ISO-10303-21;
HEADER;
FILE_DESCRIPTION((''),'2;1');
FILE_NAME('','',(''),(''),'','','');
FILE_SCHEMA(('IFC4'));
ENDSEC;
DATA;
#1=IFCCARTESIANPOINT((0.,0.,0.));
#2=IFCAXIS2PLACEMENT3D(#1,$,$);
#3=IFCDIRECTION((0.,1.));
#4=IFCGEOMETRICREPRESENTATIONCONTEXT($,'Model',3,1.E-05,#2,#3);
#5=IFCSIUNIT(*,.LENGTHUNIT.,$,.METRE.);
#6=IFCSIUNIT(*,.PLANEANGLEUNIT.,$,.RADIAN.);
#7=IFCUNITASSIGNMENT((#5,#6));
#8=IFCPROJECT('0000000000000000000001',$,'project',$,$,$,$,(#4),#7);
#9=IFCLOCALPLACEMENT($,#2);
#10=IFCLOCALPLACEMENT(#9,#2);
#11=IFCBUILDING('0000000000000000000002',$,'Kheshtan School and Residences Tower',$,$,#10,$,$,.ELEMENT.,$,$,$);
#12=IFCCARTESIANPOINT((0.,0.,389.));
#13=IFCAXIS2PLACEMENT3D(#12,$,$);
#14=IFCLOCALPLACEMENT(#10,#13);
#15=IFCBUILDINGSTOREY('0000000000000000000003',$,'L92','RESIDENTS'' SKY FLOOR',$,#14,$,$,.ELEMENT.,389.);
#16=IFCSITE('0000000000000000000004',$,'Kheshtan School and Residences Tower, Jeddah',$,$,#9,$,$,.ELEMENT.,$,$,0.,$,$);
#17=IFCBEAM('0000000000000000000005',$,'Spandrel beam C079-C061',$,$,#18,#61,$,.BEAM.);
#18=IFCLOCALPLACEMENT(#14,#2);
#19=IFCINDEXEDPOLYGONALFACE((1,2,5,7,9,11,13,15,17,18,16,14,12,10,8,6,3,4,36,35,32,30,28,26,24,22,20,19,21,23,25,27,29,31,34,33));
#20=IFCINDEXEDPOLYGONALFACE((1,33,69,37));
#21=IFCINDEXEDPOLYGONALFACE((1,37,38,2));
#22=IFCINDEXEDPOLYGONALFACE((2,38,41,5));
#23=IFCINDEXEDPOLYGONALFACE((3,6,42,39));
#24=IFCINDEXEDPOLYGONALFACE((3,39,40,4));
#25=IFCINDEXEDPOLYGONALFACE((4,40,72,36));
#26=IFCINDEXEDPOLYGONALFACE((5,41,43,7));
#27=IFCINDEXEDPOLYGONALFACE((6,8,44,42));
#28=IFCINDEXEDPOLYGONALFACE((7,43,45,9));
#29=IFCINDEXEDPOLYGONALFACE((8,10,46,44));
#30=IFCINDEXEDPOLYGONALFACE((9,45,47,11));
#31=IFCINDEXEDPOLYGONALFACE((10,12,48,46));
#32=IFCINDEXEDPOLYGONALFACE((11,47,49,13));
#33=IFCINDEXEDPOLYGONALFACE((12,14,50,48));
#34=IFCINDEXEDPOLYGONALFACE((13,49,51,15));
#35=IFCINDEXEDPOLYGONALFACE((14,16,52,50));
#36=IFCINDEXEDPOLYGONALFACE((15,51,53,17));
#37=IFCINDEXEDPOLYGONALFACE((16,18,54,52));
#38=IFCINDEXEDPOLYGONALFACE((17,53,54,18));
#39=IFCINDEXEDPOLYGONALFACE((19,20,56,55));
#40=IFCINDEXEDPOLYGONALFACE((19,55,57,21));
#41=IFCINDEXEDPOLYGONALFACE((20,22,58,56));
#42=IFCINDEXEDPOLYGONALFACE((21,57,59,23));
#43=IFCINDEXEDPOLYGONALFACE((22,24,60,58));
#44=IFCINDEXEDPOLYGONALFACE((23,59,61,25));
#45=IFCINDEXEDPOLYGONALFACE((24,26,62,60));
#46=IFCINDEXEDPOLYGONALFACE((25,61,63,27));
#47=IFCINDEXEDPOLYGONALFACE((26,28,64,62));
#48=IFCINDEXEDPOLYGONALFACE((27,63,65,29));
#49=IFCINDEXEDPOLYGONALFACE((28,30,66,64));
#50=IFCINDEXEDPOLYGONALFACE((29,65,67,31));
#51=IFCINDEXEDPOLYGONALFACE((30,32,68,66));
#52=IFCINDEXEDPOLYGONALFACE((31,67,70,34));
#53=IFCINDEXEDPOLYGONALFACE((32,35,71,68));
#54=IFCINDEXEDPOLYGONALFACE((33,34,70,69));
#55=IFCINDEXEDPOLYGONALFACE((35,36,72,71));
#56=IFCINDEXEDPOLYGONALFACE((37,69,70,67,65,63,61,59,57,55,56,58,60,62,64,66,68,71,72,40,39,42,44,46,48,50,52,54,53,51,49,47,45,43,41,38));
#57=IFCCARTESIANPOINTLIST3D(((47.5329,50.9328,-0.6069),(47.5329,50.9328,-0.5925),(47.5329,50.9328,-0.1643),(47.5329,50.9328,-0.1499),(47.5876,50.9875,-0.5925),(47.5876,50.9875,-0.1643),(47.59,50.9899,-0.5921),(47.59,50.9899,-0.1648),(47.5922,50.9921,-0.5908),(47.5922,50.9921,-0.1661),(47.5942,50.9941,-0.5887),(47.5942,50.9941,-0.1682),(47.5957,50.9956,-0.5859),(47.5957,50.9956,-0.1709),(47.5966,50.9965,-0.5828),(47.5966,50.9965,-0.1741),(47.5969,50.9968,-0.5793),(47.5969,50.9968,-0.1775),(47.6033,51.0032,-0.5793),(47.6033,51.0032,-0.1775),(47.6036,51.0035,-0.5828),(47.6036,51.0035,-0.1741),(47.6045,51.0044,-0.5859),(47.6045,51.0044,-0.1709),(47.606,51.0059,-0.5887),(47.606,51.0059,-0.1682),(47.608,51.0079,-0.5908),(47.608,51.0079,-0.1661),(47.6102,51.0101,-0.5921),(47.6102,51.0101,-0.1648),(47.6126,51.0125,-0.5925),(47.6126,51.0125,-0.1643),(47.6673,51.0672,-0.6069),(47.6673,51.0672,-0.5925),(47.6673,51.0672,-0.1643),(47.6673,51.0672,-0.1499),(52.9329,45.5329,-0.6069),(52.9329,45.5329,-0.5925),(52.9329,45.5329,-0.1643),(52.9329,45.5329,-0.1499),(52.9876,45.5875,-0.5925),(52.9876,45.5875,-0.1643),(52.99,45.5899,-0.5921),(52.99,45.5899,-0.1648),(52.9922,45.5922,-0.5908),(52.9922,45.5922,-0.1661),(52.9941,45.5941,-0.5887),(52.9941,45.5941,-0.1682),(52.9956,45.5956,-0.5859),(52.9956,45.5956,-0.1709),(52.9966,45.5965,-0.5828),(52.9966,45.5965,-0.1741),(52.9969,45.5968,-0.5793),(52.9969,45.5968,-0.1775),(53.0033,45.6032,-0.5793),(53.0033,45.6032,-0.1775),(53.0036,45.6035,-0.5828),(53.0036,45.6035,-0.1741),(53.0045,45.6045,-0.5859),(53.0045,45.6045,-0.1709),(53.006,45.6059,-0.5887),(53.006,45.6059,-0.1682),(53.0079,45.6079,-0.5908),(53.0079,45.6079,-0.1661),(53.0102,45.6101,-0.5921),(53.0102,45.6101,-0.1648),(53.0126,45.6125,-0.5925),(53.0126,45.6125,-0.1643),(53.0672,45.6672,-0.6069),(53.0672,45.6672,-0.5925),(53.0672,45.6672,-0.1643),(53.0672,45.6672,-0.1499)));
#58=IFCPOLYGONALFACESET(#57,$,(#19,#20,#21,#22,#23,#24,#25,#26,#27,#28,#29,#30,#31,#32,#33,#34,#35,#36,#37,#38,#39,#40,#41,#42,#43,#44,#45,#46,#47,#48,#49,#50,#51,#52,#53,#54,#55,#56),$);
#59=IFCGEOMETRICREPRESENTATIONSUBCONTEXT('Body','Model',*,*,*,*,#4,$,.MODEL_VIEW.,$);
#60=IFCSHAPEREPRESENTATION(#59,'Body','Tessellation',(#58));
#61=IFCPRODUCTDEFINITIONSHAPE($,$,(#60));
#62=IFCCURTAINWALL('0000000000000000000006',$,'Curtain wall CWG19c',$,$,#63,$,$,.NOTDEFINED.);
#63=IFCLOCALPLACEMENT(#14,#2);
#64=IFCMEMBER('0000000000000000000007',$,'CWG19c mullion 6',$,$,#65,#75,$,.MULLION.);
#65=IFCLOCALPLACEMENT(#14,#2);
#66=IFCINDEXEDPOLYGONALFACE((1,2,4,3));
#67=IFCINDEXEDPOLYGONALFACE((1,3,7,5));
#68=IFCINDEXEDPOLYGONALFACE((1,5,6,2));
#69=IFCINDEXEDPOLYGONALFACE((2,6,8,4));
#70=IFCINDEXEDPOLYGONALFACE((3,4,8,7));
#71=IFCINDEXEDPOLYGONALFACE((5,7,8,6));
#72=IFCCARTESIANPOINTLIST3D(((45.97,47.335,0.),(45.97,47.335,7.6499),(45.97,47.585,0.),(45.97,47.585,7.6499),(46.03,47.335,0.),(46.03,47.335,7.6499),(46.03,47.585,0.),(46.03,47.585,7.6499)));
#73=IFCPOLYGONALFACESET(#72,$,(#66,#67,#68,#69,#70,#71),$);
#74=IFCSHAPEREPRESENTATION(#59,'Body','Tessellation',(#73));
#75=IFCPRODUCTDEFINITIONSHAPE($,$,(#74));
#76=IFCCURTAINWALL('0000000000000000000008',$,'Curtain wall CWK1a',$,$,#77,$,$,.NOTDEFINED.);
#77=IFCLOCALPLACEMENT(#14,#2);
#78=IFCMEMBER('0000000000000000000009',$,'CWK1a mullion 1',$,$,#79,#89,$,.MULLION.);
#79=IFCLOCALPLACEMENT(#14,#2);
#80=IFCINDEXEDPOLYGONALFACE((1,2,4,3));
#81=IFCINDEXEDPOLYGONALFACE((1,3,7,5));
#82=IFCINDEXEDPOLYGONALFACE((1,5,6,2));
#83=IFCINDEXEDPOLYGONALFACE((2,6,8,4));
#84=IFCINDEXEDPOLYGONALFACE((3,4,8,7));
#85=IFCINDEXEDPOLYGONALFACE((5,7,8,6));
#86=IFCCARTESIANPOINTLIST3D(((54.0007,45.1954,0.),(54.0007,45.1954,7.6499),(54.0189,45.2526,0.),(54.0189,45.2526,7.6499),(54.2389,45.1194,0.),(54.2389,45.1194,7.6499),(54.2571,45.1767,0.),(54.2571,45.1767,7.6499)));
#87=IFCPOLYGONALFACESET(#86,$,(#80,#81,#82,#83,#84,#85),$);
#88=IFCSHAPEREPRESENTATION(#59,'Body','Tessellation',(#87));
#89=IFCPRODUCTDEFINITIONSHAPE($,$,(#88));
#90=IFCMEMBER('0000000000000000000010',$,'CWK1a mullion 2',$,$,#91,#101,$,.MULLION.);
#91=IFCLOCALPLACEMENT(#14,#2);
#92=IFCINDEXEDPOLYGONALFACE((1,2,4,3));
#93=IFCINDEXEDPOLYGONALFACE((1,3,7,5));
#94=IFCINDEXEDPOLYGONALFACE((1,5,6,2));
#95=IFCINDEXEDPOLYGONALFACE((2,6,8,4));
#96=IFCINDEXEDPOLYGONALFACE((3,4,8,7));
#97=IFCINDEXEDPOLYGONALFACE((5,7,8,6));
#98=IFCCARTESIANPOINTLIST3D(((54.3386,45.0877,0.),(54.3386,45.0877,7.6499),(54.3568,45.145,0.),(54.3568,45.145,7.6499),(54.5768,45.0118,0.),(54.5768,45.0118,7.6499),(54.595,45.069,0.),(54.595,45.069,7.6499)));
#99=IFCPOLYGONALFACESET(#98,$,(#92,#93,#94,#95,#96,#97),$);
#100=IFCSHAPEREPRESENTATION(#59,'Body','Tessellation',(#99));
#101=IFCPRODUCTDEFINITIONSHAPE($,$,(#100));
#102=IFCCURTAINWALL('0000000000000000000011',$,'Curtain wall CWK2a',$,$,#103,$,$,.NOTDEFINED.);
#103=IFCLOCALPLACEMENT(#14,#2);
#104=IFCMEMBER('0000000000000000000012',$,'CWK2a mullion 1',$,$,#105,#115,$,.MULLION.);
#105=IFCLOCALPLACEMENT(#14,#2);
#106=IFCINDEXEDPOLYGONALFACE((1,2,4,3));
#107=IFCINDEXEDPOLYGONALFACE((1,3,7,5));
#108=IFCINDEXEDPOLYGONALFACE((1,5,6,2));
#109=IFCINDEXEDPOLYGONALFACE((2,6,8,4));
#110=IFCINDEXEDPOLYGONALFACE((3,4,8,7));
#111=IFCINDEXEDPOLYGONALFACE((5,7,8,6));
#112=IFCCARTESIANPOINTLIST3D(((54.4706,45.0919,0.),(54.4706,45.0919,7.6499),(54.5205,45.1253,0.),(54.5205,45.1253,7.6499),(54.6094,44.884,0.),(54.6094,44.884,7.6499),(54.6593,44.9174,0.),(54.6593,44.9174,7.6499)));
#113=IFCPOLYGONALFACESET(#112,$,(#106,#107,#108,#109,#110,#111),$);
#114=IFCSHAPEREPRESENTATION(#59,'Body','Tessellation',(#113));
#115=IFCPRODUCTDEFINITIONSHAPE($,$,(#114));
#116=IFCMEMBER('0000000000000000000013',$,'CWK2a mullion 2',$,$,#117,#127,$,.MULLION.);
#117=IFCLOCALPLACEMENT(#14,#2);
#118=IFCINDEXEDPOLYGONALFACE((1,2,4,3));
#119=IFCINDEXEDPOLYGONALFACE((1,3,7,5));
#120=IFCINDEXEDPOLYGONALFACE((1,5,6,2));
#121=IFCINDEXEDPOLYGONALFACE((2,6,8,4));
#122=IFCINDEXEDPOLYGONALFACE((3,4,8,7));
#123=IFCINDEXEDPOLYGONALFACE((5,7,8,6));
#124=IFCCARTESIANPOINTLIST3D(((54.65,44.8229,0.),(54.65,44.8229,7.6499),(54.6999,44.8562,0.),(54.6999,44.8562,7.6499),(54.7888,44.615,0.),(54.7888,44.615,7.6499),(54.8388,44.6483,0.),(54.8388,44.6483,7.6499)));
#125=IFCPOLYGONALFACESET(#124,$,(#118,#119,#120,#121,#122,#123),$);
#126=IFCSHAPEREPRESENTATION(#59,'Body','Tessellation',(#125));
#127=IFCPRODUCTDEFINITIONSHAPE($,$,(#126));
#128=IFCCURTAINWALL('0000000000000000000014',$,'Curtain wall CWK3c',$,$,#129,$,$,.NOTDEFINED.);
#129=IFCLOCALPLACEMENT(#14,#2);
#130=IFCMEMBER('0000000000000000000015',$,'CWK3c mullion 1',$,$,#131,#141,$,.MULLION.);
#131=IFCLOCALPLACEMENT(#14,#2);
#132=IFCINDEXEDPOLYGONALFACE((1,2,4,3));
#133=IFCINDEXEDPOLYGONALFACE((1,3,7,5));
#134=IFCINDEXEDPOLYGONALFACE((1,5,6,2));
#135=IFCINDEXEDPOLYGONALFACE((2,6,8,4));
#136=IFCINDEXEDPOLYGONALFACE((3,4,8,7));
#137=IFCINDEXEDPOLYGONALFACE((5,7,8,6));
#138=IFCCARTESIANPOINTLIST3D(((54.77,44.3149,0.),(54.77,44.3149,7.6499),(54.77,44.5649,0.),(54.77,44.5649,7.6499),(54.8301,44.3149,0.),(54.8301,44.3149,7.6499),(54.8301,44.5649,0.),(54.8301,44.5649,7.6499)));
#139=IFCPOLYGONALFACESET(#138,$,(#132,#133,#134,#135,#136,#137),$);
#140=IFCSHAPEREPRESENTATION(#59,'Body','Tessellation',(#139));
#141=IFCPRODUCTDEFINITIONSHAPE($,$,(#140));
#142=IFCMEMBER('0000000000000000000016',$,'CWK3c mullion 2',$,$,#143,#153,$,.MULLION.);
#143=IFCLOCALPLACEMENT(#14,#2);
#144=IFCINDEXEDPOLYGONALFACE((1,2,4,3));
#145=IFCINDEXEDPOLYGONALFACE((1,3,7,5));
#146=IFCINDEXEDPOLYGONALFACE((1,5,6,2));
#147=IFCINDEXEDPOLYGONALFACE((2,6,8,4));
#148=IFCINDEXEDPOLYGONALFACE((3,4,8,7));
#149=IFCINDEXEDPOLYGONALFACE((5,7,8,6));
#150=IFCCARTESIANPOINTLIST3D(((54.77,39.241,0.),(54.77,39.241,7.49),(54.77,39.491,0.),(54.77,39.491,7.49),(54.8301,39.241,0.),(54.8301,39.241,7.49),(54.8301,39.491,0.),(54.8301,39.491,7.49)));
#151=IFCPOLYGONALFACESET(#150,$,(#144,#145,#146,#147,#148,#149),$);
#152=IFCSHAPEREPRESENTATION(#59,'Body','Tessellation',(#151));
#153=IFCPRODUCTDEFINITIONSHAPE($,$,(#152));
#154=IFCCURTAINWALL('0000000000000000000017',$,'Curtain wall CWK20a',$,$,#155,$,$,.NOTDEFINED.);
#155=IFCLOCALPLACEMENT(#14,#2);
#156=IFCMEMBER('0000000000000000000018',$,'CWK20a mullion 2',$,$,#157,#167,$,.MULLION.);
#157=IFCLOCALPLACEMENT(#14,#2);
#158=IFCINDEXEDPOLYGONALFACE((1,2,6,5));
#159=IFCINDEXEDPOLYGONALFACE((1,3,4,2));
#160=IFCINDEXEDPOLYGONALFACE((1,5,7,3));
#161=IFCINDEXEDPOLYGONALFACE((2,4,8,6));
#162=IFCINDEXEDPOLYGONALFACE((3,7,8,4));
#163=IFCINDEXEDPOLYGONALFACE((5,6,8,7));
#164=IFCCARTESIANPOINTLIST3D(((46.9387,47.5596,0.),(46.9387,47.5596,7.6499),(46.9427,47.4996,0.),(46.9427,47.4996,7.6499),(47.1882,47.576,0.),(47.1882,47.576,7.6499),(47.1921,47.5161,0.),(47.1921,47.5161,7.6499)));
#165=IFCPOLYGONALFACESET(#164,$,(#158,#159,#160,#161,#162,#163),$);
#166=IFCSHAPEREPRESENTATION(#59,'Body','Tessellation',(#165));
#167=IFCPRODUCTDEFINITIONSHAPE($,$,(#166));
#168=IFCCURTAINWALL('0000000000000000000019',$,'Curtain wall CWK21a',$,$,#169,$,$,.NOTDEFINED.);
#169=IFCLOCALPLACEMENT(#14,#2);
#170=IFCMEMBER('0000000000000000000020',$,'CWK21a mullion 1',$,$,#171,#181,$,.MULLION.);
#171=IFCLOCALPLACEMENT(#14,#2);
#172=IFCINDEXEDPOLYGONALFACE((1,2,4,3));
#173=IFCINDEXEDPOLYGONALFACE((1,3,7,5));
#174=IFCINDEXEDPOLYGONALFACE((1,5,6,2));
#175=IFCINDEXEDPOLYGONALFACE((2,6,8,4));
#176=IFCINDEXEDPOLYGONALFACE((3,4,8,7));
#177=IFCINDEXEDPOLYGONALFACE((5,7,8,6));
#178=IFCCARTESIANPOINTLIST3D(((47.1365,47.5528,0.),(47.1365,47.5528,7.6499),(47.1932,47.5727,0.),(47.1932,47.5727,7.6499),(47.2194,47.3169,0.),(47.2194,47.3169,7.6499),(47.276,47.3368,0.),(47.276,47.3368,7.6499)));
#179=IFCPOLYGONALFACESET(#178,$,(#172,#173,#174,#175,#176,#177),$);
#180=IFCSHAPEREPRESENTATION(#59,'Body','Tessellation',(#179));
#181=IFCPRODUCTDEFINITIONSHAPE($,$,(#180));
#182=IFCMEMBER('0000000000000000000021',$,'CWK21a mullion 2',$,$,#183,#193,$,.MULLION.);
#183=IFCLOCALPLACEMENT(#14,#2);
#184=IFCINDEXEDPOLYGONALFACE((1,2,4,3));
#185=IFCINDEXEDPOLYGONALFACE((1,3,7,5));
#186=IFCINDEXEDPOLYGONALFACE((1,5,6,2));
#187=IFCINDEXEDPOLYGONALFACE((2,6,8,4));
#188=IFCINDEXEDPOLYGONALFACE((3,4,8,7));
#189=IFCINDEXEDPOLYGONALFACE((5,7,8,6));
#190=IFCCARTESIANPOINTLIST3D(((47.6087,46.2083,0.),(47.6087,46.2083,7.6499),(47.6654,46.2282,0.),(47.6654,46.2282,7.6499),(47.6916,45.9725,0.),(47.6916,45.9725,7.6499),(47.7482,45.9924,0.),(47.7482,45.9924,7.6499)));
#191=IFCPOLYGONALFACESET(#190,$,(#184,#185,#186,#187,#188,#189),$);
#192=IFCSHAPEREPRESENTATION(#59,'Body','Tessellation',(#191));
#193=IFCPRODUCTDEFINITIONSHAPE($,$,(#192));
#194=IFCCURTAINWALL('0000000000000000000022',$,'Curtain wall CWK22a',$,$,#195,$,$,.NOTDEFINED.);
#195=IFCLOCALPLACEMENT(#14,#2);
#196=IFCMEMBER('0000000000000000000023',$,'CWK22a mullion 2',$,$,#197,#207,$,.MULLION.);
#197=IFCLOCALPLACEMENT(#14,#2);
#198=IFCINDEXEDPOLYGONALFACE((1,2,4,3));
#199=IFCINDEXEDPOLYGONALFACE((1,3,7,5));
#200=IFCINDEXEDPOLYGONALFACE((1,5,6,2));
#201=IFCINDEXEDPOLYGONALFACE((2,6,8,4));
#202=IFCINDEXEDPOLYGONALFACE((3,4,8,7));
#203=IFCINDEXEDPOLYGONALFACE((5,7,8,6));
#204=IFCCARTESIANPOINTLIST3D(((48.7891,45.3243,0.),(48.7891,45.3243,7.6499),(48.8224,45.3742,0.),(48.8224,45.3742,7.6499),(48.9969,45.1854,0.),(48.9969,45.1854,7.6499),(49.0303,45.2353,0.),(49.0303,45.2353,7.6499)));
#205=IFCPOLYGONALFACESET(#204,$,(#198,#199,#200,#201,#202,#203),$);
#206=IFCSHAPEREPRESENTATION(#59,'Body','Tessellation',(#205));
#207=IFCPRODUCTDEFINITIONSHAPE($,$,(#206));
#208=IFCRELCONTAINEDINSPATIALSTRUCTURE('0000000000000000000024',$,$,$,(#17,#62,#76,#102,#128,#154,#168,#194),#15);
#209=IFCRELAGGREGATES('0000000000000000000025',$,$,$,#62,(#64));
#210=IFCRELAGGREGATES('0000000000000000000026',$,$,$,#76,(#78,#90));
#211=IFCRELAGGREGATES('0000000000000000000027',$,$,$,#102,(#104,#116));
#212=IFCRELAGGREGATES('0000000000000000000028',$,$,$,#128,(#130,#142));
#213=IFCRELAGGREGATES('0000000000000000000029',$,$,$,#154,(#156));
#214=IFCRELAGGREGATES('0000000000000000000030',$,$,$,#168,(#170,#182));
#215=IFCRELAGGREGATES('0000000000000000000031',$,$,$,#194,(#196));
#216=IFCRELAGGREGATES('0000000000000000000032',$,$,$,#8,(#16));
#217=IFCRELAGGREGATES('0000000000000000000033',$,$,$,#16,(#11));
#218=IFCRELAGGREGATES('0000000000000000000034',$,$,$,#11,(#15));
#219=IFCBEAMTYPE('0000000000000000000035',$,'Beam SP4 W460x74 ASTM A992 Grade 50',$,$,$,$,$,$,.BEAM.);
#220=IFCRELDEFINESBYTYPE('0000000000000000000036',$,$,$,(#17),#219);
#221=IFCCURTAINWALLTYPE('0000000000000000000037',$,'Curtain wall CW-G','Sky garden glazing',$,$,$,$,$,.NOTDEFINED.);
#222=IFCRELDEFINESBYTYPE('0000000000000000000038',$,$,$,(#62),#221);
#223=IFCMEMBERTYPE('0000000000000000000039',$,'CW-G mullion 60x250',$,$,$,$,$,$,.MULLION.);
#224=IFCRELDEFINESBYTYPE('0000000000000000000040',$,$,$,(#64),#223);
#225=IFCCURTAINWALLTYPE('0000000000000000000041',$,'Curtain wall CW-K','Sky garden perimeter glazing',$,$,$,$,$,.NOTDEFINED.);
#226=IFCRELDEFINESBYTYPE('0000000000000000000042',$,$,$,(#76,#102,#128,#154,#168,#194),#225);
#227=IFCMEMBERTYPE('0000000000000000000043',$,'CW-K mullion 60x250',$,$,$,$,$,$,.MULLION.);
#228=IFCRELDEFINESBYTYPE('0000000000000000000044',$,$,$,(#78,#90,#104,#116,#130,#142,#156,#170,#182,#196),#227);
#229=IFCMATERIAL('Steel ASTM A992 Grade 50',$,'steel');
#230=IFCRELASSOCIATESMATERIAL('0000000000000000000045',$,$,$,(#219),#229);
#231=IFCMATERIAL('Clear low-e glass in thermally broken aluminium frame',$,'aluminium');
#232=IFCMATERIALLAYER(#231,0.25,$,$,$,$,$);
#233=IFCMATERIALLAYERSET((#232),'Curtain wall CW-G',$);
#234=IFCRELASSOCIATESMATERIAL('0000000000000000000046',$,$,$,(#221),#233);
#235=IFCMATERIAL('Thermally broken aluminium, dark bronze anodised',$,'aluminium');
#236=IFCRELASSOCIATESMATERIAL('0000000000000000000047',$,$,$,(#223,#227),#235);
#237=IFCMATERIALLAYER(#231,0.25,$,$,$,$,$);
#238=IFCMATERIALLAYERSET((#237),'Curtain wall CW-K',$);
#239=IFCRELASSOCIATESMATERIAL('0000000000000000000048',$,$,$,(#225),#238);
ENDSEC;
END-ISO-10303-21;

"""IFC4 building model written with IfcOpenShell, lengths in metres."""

from ifc_helpers import new_model, si_unit, direction, frame, origin, origin_2d, place, context, subcontext, project, spatial, rectangle, i_section, extrude, material, layer, layer_set, material_profile, profile_set, type_object, element, aggregate, save


model = new_model("IFC4")

# Units and contexts
model_context = context("Model", 3, precision=1e-05, world=origin(), true_north=direction((0.0, 1.0)))
body_context = subcontext(model_context, "Body", "Model", "MODEL_VIEW")
ifc_project = project(units=[si_unit("LENGTHUNIT", "METRE"), si_unit("PLANEANGLEUNIT", "RADIAN")], contexts=[model_context])

# Site, building, storey
site_placement = place(None, origin())
site = spatial("IfcSite", under=ifc_project, at=site_placement, Name="Kheshtan School and Residences Tower, Jeddah", CompositionType="ELEMENT", RefElevation=0.0)
building_placement = place(site_placement, origin())
building = spatial("IfcBuilding", under=site, at=building_placement, Name="Kheshtan School and Residences Tower", CompositionType="ELEMENT")
storey_placement = place(building_placement, frame((0.0, 0.0, 389.0)))
storey = spatial("IfcBuildingStorey", under=building, at=storey_placement, Name="L92", Description="RESIDENTS' SKY FLOOR", CompositionType="ELEMENT", Elevation=389.0)

# Shared definitions
ifc_material_1 = material(Name="Steel ASTM A992 Grade 50", Category="steel")

# Beam
ifc_material_profile_1 = material_profile(ifc_material_1, i_section(OverallWidth=0.1899, OverallDepth=0.457, WebThickness=0.009, FlangeThickness=0.0144, FilletRadius=0.0132, at=origin_2d()), Name="W460x74")
ifc_profile_set_1 = profile_set([ifc_material_profile_1], Name="Steel ASTM A992 Grade 50")
beam_type_1 = type_object("IfcBeamType", Name="Beam SP4 W460x74 ASTM A992 Grade 50", PredefinedType="BEAM", material=ifc_profile_set_1)
beam_1_placement = place(storey_placement, frame((47.6001, 51.0, -0.3784), z_axis=(0.707107, -0.707107, 0.0), x_axis=(0.707107, 0.707107, 0.0)))
element("IfcBeam", 1, at=beam_1_placement, inside=storey, type_object=beam_type_1, Name="Spandrel beam C079-C061", PredefinedType="BEAM", context=body_context, shape_type="SweptSolid", body=[
    extrude(i_section(OverallWidth=0.1899, OverallDepth=0.457, WebThickness=0.009, FlangeThickness=0.0144, FilletRadius=0.0132, at=origin_2d()), origin(), (0.0, 0.0, 1.0), 7.6367),
])

# Curtain wall, member
ifc_material_2 = material(Name="Clear low-e glass in thermally broken aluminium frame", Category="aluminium")
ifc_layer_1 = layer(ifc_material_2, 0.25)
ifc_layer_set_1 = layer_set([ifc_layer_1], Name="Curtain wall CW-G")
curtain_wall_type_1 = type_object("IfcCurtainWallType", Name="Curtain wall CW-G", Description="Sky garden glazing", PredefinedType="NOTDEFINED", material=ifc_layer_set_1)
curtain_wall_1_placement = place(storey_placement, origin())
curtain_wall_1 = element("IfcCurtainWall", 2, at=curtain_wall_1_placement, inside=storey, type_object=curtain_wall_type_1, Name="Curtain wall CWG19c", PredefinedType="NOTDEFINED")
ifc_material_3 = material(Name="Thermally broken aluminium, dark bronze anodised", Category="aluminium")
ifc_material_profile_2 = material_profile(ifc_material_3, rectangle(XDim=0.0601, YDim=0.25, at=origin_2d()), Name="CW-G mullion 60x250")
ifc_profile_set_2 = profile_set([ifc_material_profile_2], Name="Thermally broken aluminium, dark bronze anodised")
member_type_1 = type_object("IfcMemberType", Name="CW-G mullion 60x250", PredefinedType="MULLION", material=ifc_profile_set_2)
member_1_placement = place(storey_placement, frame((46.0, 47.46, 0.0), z_axis=(0.0, 0.0, 1.0), x_axis=(1.0, 0.0, 0.0)))
member_1 = element("IfcMember", 3, at=member_1_placement, type_object=member_type_1, Name="CWG19c mullion 6", PredefinedType="MULLION", context=body_context, shape_type="SweptSolid", body=[
    extrude(rectangle(XDim=0.0601, YDim=0.25, at=origin_2d()), origin(), (0.0, 0.0, 1.0), 7.6499),
])

# Curtain walls, members
ifc_layer_2 = layer(ifc_material_2, 0.25)
ifc_layer_set_2 = layer_set([ifc_layer_2], Name="Curtain wall CW-K")
curtain_wall_type_2 = type_object("IfcCurtainWallType", Name="Curtain wall CW-K", Description="Sky garden perimeter glazing", PredefinedType="NOTDEFINED", material=ifc_layer_set_2)
curtain_wall_2_placement = place(storey_placement, origin())
curtain_wall_2 = element("IfcCurtainWall", 4, at=curtain_wall_2_placement, inside=storey, type_object=curtain_wall_type_2, Name="Curtain wall CWK1a", PredefinedType="NOTDEFINED")
ifc_material_profile_3 = material_profile(ifc_material_3, rectangle(XDim=0.0601, YDim=0.25, at=origin_2d()), Name="CW-K mullion 60x250")
ifc_profile_set_3 = profile_set([ifc_material_profile_3], Name="Thermally broken aluminium, dark bronze anodised")
member_type_2 = type_object("IfcMemberType", Name="CW-K mullion 60x250", PredefinedType="MULLION", material=ifc_profile_set_3)
member_2_placement = place(storey_placement, frame((54.1289, 45.186, 0.0), z_axis=(0.0, 0.0, 1.0), x_axis=(0.3039, 0.952704, 0.0)))
member_2 = element("IfcMember", 5, at=member_2_placement, type_object=member_type_2, Name="CWK1a mullion 1", PredefinedType="MULLION", context=body_context, shape_type="SweptSolid", body=[
    extrude(rectangle(XDim=0.0601, YDim=0.25, at=origin_2d()), origin(), (0.0, 0.0, 1.0), 7.6499),
])
member_3_placement = place(storey_placement, frame((54.4668, 45.0784, 0.0), z_axis=(0.0, 0.0, 1.0), x_axis=(0.3039, 0.952704, 0.0)))
member_3 = element("IfcMember", 6, at=member_3_placement, type_object=member_type_2, Name="CWK1a mullion 2", PredefinedType="MULLION", context=body_context, shape_type="SweptSolid", body=[
    extrude(rectangle(XDim=0.0601, YDim=0.25, at=origin_2d()), origin(), (0.0, 0.0, 1.0), 7.6499),
])
curtain_wall_3_placement = place(storey_placement, origin())
curtain_wall_3 = element("IfcCurtainWall", 7, at=curtain_wall_3_placement, inside=storey, type_object=curtain_wall_type_2, Name="Curtain wall CWK2a", PredefinedType="NOTDEFINED")
member_4_placement = place(storey_placement, frame((54.5649, 45.0046, 0.0), z_axis=(0.0, 0.0, 1.0), x_axis=(0.831649, 0.555302, 0.0)))
member_4 = element("IfcMember", 8, at=member_4_placement, type_object=member_type_2, Name="CWK2a mullion 1", PredefinedType="MULLION", context=body_context, shape_type="SweptSolid", body=[
    extrude(rectangle(XDim=0.0601, YDim=0.25, at=origin_2d()), origin(), (0.0, 0.0, 1.0), 7.6499),
])
member_5_placement = place(storey_placement, frame((54.7444, 44.7356, 0.0), z_axis=(0.0, 0.0, 1.0), x_axis=(0.831649, 0.555302, 0.0)))
member_5 = element("IfcMember", 9, at=member_5_placement, type_object=member_type_2, Name="CWK2a mullion 2", PredefinedType="MULLION", context=body_context, shape_type="SweptSolid", body=[
    extrude(rectangle(XDim=0.0601, YDim=0.25, at=origin_2d()), origin(), (0.0, 0.0, 1.0), 7.6499),
])
curtain_wall_4_placement = place(storey_placement, origin())
curtain_wall_4 = element("IfcCurtainWall", 10, at=curtain_wall_4_placement, inside=storey, type_object=curtain_wall_type_2, Name="Curtain wall CWK3c", PredefinedType="NOTDEFINED")
member_6_placement = place(storey_placement, frame((54.8, 44.4399, 0.0), z_axis=(0.0, 0.0, 1.0), x_axis=(1.0, 0.0, 0.0)))
member_6 = element("IfcMember", 11, at=member_6_placement, type_object=member_type_2, Name="CWK3c mullion 1", PredefinedType="MULLION", context=body_context, shape_type="SweptSolid", body=[
    extrude(rectangle(XDim=0.0601, YDim=0.25, at=origin_2d()), origin(), (0.0, 0.0, 1.0), 7.6499),
])
member_7_placement = place(storey_placement, frame((54.8, 39.366, 0.0), z_axis=(0.0, 0.0, 1.0), x_axis=(1.0, 0.0, 0.0)))
member_7 = element("IfcMember", 12, at=member_7_placement, type_object=member_type_2, Name="CWK3c mullion 2", PredefinedType="MULLION", context=body_context, shape_type="SweptSolid", body=[
    extrude(rectangle(XDim=0.0601, YDim=0.25, at=origin_2d()), origin(), (0.0, 0.0, 1.0), 7.49),
])

# Curtain wall, member
curtain_wall_5_placement = place(storey_placement, origin())
curtain_wall_5 = element("IfcCurtainWall", 13, at=curtain_wall_5_placement, inside=storey, type_object=curtain_wall_type_2, Name="Curtain wall CWK20a", PredefinedType="NOTDEFINED")
member_8_placement = place(storey_placement, frame((47.0654, 47.5378, 0.0), z_axis=(0.0, 0.0, 1.0), x_axis=(-0.065855, 0.997829, 0.0)))
member_8 = element("IfcMember", 14, at=member_8_placement, type_object=member_type_2, Name="CWK20a mullion 2", PredefinedType="MULLION", context=body_context, shape_type="SweptSolid", body=[
    extrude(rectangle(XDim=0.0601, YDim=0.25, at=origin_2d()), origin(), (0.0, 0.0, 1.0), 7.6499),
])

# Curtain wall, members
curtain_wall_6_placement = place(storey_placement, origin())
curtain_wall_6 = element("IfcCurtainWall", 15, at=curtain_wall_6_placement, inside=storey, type_object=curtain_wall_type_2, Name="Curtain wall CWK21a", PredefinedType="NOTDEFINED")
member_9_placement = place(storey_placement, frame((47.2063, 47.4448, 0.0), z_axis=(0.0, 0.0, 1.0), x_axis=(0.943511, 0.33134, 0.0)))
member_9 = element("IfcMember", 16, at=member_9_placement, type_object=member_type_2, Name="CWK21a mullion 1", PredefinedType="MULLION", context=body_context, shape_type="SweptSolid", body=[
    extrude(rectangle(XDim=0.0601, YDim=0.25, at=origin_2d()), origin(), (0.0, 0.0, 1.0), 7.6499),
])
member_10_placement = place(storey_placement, frame((47.6785, 46.1003, 0.0), z_axis=(0.0, 0.0, 1.0), x_axis=(0.943511, 0.33134, 0.0)))
member_10 = element("IfcMember", 17, at=member_10_placement, type_object=member_type_2, Name="CWK21a mullion 2", PredefinedType="MULLION", context=body_context, shape_type="SweptSolid", body=[
    extrude(rectangle(XDim=0.0601, YDim=0.25, at=origin_2d()), origin(), (0.0, 0.0, 1.0), 7.6499),
])

# Curtain wall, member
curtain_wall_7_placement = place(storey_placement, origin())
curtain_wall_7 = element("IfcCurtainWall", 18, at=curtain_wall_7_placement, inside=storey, type_object=curtain_wall_type_2, Name="Curtain wall CWK22a", PredefinedType="NOTDEFINED")
member_11_placement = place(storey_placement, frame((48.9097, 45.2798, 0.0), z_axis=(0.0, 0.0, 1.0), x_axis=(0.555745, 0.831353, 0.0)))
member_11 = element("IfcMember", 19, at=member_11_placement, type_object=member_type_2, Name="CWK22a mullion 2", PredefinedType="MULLION", context=body_context, shape_type="SweptSolid", body=[
    extrude(rectangle(XDim=0.0601, YDim=0.25, at=origin_2d()), origin(), (0.0, 0.0, 1.0), 7.6499),
])

aggregate(curtain_wall_1, [member_1])
aggregate(curtain_wall_2, [member_2, member_3])
aggregate(curtain_wall_3, [member_4, member_5])
aggregate(curtain_wall_4, [member_6, member_7])
aggregate(curtain_wall_5, [member_8])
aggregate(curtain_wall_6, [member_9, member_10])
aggregate(curtain_wall_7, [member_11])

save(model, "model.ifc")
